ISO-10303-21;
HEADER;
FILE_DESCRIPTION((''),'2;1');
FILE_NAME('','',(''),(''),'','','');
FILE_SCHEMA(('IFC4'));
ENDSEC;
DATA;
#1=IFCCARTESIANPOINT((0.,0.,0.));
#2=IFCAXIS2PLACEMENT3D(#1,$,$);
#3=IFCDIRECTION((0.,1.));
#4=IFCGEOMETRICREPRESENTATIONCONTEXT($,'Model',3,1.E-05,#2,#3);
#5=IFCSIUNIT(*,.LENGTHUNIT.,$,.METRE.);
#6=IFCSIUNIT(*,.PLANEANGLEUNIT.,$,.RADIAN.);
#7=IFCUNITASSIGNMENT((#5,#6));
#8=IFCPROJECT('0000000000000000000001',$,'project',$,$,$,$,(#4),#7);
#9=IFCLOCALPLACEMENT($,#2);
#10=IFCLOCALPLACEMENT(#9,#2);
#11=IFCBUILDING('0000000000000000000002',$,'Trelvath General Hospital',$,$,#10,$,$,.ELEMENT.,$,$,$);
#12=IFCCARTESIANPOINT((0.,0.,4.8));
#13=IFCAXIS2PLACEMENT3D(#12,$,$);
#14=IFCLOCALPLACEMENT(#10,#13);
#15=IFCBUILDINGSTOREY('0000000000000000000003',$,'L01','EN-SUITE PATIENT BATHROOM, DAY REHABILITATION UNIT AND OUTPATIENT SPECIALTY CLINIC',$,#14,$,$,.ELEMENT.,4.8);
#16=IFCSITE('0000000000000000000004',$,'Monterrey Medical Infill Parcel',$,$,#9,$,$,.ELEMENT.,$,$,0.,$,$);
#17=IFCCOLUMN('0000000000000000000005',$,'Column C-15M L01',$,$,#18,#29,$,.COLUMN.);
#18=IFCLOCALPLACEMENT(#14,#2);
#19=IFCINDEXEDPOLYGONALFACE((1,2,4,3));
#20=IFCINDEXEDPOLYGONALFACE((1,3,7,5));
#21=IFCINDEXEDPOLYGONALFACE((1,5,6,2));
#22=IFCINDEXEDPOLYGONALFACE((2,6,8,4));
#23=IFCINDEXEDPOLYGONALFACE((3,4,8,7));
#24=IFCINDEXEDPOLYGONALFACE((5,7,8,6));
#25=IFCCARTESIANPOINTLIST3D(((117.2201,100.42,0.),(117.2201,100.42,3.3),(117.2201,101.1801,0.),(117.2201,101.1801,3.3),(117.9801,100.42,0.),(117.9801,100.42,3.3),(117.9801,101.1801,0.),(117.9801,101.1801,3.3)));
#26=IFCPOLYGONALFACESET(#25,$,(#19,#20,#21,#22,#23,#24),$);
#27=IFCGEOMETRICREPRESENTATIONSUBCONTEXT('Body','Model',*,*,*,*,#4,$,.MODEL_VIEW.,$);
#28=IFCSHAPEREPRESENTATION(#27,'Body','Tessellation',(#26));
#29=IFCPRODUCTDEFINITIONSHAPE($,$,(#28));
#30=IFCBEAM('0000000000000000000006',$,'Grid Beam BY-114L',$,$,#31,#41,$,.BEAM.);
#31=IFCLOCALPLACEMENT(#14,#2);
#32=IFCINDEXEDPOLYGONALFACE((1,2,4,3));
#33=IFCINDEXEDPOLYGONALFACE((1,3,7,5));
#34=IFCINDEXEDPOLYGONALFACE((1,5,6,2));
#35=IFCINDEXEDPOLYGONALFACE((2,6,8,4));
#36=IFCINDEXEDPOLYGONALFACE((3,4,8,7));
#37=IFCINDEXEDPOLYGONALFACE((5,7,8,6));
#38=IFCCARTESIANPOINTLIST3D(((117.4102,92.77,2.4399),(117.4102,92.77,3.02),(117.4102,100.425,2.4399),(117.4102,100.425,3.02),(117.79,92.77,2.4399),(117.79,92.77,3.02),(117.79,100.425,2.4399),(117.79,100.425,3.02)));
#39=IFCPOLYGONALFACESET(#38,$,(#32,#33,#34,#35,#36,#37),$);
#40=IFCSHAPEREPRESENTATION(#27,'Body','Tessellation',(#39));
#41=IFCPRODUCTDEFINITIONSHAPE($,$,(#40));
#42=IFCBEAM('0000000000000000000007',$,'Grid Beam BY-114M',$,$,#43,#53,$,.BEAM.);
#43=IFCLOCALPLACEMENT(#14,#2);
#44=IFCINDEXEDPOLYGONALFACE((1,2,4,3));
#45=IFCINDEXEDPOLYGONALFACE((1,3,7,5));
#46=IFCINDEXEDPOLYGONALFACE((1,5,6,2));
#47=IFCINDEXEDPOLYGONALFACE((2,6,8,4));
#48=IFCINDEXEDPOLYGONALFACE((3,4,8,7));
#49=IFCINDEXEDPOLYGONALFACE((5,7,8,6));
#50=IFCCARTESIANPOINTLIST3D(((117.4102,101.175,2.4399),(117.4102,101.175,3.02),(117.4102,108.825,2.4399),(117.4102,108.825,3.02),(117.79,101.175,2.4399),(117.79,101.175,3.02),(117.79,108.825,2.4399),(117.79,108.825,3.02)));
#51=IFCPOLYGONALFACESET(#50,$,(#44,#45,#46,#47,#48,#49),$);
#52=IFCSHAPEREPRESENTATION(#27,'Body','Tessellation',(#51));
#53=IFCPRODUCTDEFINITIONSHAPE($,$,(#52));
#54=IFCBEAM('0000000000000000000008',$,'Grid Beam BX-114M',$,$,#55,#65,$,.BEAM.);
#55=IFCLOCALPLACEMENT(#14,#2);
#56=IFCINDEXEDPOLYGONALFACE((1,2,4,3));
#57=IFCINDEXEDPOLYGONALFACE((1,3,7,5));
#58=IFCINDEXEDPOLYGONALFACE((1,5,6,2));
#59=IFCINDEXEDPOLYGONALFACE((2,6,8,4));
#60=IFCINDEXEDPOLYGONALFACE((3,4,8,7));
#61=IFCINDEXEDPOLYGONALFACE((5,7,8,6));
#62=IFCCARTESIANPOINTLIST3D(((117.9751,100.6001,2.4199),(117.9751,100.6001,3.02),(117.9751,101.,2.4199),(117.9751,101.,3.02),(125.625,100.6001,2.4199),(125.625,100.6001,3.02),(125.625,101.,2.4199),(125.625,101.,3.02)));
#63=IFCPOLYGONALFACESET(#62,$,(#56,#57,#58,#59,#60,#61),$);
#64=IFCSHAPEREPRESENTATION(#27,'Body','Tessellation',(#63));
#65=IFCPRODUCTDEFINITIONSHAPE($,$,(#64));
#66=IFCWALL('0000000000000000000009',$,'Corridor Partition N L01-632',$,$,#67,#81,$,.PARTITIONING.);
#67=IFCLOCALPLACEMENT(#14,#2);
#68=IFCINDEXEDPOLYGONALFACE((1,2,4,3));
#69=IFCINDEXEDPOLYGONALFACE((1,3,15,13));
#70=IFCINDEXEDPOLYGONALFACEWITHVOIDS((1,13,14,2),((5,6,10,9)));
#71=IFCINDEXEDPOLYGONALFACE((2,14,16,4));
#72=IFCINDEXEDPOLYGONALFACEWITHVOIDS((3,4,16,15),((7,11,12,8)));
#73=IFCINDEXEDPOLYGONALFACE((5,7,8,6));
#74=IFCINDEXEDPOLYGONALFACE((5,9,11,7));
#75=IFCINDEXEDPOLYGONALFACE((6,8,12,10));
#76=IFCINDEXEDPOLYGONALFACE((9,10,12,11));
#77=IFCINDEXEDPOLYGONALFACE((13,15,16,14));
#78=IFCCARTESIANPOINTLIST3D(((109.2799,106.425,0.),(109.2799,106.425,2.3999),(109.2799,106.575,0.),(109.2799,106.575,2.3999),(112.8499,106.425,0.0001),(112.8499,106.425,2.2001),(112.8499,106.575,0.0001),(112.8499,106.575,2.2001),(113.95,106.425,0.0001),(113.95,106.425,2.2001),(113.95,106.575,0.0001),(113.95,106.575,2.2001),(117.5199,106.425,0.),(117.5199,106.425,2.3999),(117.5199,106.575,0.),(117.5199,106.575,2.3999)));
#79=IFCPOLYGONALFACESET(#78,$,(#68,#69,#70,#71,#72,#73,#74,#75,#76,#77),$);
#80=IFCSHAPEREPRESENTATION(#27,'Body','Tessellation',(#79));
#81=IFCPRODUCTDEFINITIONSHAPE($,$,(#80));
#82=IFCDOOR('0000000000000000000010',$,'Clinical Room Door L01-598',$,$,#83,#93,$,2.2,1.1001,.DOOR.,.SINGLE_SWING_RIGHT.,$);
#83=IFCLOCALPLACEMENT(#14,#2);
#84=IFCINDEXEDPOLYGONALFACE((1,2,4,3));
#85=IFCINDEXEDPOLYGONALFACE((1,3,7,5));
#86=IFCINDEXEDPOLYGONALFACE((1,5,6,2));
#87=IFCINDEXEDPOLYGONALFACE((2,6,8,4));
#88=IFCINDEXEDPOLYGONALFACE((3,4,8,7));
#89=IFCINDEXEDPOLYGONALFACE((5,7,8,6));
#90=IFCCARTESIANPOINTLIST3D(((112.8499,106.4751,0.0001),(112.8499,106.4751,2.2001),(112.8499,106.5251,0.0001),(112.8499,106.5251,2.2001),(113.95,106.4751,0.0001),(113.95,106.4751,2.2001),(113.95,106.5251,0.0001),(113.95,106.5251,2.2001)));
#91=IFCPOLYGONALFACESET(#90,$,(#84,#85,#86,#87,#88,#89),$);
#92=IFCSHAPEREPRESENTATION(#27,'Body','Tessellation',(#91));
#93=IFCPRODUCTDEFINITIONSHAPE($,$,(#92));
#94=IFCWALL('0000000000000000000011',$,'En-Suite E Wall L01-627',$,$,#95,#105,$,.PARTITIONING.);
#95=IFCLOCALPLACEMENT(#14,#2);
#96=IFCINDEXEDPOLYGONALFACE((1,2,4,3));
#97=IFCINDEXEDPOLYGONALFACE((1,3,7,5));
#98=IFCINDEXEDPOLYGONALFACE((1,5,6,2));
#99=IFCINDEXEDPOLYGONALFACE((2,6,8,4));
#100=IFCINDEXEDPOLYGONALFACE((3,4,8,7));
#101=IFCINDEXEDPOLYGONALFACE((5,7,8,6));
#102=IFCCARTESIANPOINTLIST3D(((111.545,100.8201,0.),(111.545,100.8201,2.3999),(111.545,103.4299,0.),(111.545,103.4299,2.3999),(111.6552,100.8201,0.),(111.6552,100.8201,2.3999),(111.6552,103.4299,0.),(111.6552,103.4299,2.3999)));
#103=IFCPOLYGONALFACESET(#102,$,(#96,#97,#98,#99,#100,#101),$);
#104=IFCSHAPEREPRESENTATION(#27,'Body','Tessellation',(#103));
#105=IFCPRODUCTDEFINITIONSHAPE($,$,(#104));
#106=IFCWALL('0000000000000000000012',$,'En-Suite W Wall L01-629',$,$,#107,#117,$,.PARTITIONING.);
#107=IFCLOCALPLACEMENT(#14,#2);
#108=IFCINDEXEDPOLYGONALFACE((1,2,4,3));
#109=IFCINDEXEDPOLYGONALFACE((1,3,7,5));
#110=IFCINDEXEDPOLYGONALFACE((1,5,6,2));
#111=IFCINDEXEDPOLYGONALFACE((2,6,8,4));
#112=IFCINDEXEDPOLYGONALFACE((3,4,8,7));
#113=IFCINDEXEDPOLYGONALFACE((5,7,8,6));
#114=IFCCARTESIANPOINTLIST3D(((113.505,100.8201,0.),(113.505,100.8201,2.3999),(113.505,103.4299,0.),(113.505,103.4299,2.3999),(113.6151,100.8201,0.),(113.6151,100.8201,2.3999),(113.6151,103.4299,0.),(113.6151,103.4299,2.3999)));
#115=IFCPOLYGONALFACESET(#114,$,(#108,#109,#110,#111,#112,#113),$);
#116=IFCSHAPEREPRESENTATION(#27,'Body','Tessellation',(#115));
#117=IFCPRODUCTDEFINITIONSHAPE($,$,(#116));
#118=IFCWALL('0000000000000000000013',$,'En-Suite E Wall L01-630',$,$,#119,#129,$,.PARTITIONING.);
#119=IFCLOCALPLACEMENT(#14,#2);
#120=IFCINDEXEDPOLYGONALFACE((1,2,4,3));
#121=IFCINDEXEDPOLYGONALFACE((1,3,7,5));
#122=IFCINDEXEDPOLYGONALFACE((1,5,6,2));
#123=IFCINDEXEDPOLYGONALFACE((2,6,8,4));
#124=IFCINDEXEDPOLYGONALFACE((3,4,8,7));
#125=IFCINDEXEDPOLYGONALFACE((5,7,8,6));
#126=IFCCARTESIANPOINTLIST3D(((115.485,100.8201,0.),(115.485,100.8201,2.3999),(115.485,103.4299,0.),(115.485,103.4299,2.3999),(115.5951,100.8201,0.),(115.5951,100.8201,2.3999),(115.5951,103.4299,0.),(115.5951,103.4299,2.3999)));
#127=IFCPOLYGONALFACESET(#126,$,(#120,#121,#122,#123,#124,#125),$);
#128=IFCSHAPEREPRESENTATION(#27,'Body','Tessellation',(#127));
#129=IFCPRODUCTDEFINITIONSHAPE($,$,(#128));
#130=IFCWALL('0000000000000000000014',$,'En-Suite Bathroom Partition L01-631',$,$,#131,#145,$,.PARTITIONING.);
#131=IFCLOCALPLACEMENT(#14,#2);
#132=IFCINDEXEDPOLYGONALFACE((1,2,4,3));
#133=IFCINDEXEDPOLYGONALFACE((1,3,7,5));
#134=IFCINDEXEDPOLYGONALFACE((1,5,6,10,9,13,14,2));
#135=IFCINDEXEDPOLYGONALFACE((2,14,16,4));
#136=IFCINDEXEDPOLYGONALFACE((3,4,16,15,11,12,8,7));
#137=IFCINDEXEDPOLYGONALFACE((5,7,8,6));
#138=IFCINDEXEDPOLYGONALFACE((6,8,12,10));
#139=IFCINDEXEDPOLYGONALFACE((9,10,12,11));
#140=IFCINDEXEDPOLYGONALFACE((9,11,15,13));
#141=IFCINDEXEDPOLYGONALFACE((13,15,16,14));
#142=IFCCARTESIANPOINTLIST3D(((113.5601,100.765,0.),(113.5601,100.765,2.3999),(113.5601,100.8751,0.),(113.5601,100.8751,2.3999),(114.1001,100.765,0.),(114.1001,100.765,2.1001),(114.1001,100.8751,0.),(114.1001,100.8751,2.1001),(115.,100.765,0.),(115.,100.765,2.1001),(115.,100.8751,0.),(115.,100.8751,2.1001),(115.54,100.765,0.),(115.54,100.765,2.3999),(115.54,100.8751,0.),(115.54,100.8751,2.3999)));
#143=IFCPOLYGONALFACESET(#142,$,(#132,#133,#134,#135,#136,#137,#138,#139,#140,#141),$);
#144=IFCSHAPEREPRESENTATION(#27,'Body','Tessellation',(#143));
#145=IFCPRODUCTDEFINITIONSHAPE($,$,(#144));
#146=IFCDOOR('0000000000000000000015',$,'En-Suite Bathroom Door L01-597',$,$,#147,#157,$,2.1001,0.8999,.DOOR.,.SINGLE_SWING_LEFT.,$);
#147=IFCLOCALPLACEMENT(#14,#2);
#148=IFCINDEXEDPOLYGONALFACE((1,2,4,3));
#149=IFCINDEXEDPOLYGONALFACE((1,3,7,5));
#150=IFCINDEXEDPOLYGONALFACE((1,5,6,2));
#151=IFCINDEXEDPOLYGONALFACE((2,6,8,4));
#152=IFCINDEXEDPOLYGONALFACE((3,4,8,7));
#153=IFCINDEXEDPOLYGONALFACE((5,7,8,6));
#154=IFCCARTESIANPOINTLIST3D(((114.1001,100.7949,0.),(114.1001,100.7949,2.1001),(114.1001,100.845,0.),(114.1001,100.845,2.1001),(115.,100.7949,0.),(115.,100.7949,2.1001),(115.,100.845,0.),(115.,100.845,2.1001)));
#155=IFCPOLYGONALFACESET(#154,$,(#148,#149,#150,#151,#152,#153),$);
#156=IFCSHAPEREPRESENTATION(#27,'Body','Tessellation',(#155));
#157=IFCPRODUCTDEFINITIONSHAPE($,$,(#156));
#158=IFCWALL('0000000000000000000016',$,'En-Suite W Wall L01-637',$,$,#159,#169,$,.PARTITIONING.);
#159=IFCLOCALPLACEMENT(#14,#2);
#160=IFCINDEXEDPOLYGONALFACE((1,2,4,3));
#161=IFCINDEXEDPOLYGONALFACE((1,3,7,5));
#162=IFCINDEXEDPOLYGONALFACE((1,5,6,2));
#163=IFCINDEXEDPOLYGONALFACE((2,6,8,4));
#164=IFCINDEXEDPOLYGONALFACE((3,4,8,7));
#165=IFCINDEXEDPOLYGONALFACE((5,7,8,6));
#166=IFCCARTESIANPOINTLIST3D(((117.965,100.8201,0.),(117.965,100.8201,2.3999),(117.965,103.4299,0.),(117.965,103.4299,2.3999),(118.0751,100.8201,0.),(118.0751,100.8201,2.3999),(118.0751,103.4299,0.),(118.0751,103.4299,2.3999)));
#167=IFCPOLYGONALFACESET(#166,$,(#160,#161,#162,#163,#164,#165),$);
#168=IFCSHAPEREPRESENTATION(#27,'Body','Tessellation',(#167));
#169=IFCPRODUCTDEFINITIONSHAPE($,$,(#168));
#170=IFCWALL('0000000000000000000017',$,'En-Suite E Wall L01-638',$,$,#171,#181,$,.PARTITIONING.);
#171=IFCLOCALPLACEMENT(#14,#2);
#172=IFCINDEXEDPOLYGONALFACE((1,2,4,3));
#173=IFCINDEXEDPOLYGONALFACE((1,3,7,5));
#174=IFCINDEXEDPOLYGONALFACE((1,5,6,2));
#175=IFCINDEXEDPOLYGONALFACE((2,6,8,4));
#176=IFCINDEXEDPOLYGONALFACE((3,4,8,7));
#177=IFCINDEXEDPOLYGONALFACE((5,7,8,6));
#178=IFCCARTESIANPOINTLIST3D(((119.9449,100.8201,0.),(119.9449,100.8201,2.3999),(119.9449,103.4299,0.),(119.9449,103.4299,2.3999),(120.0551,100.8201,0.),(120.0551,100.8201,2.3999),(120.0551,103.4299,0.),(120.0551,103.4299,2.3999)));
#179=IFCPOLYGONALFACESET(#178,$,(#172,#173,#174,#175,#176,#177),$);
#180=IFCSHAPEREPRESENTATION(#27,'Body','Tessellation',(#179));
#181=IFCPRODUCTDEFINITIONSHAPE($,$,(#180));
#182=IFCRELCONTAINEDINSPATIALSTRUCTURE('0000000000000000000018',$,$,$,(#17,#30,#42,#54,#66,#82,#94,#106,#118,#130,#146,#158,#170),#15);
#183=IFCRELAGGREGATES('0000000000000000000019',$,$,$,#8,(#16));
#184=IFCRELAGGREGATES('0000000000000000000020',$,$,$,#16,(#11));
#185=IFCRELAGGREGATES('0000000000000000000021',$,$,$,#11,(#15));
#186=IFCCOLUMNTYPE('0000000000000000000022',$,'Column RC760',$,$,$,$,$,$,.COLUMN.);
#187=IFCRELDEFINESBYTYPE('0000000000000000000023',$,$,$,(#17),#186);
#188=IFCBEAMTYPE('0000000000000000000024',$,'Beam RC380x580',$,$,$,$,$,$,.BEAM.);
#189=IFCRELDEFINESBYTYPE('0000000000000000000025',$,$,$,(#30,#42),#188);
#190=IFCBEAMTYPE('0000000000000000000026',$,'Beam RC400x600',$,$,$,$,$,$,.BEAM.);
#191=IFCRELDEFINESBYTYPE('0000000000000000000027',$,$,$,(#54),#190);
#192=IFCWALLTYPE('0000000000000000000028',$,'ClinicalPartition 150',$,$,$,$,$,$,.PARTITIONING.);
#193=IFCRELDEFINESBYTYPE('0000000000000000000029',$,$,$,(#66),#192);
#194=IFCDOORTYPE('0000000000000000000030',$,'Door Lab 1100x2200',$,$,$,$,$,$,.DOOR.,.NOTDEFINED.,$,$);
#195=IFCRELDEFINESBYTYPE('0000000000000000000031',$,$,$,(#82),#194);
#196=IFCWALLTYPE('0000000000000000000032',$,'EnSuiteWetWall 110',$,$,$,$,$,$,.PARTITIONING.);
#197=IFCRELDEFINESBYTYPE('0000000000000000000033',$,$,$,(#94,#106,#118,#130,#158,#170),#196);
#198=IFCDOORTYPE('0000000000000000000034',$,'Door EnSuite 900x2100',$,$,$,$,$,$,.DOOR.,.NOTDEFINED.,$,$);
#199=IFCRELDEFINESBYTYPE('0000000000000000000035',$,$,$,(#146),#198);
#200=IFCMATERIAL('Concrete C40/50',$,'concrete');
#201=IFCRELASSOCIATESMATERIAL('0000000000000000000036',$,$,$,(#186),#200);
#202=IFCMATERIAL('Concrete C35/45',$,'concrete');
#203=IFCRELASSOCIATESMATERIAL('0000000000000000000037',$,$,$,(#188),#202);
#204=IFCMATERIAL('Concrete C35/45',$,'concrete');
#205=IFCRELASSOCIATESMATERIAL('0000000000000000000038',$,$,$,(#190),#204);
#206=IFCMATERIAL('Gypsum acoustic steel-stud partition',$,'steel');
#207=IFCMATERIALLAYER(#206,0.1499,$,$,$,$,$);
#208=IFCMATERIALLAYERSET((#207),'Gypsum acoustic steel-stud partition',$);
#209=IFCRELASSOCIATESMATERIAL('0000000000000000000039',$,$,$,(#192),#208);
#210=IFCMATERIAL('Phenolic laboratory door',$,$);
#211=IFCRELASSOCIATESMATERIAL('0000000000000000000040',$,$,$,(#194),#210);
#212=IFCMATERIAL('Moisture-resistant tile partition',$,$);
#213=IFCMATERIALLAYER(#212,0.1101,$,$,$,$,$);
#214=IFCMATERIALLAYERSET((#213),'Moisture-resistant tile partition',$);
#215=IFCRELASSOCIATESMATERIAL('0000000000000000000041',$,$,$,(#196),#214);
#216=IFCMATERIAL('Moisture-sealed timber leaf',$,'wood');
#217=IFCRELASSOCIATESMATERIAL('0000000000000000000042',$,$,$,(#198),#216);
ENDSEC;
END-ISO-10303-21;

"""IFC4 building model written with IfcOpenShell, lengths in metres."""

from ifc_helpers import new_model, si_unit, direction, frame, frame_2d, origin, origin_2d, place, context, subcontext, project, spatial, rectangle, extrude, material, layer, layer_set, material_profile, profile_set, type_object, element, fill, save


model = new_model("IFC4")

# Units and contexts
model_context = context("Model", 3, precision=1e-05, world=origin(), true_north=direction((0.0, 1.0)))
body_context = subcontext(model_context, "Body", "Model", "MODEL_VIEW")
ifc_project = project(units=[si_unit("LENGTHUNIT", "METRE"), si_unit("PLANEANGLEUNIT", "RADIAN")], contexts=[model_context])

# Site, building, storey
site_placement = place(None, origin())
site = spatial("IfcSite", under=ifc_project, at=site_placement, Name="Monterrey Medical Infill Parcel", CompositionType="ELEMENT", RefElevation=0.0)
building_placement = place(site_placement, origin())
building = spatial("IfcBuilding", under=site, at=building_placement, Name="Trelvath General Hospital", CompositionType="ELEMENT")
storey_placement = place(building_placement, frame((0.0, 0.0, 4.8)))
storey = spatial("IfcBuildingStorey", under=building, at=storey_placement, Name="L01", Description="EN-SUITE PATIENT BATHROOM, DAY REHABILITATION UNIT AND OUTPATIENT SPECIALTY CLINIC", CompositionType="ELEMENT", Elevation=4.8)

# Column
ifc_material_1 = material(Name="Concrete C40/50", Category="concrete")
ifc_material_profile_1 = material_profile(ifc_material_1, rectangle(XDim=0.76, YDim=0.76, at=origin_2d()), Name="RC760x760")
ifc_profile_set_1 = profile_set([ifc_material_profile_1], Name="Concrete C40/50")
column_type = type_object("IfcColumnType", Name="Column RC760", PredefinedType="COLUMN", material=ifc_profile_set_1)
column_placement = place(storey_placement, frame((117.6001, 100.8, 0.0), z_axis=(0.0, 0.0, 1.0), x_axis=(1.0, 0.0, 0.0)))
element("IfcColumn", 1, at=column_placement, inside=storey, type_object=column_type, Name="Column C-15M L01", PredefinedType="COLUMN", context=body_context, shape_type="SweptSolid", body=[
    extrude(rectangle(XDim=0.76, YDim=0.76, at=origin_2d()), origin(), (0.0, 0.0, 1.0), 3.3),
])

# Beams
ifc_material_2 = material(Name="Concrete C35/45", Category="concrete")
ifc_material_profile_2 = material_profile(ifc_material_2, rectangle(XDim=0.3799, YDim=0.5801, at=origin_2d()), Name="RCB380x580")
ifc_profile_set_2 = profile_set([ifc_material_profile_2], Name="Concrete C35/45")
beam_type_1 = type_object("IfcBeamType", Name="Beam RC380x580", PredefinedType="BEAM", material=ifc_profile_set_2)
beam_1_placement = place(storey_placement, frame((117.6001, 92.77, 2.73), z_axis=(0.0, 1.0, 0.0), x_axis=(-1.0, 0.0, 0.0)))
element("IfcBeam", 2, at=beam_1_placement, inside=storey, type_object=beam_type_1, Name="Grid Beam BY-114L", PredefinedType="BEAM", context=body_context, shape_type="SweptSolid", body=[
    extrude(rectangle(XDim=0.3799, YDim=0.5801, at=origin_2d()), origin(), (0.0, 0.0, 1.0), 7.655),
])
beam_2_placement = place(storey_placement, frame((117.6001, 101.175, 2.73), z_axis=(0.0, 1.0, 0.0), x_axis=(-1.0, 0.0, 0.0)))
element("IfcBeam", 3, at=beam_2_placement, inside=storey, type_object=beam_type_1, Name="Grid Beam BY-114M", PredefinedType="BEAM", context=body_context, shape_type="SweptSolid", body=[
    extrude(rectangle(XDim=0.3799, YDim=0.5801, at=origin_2d()), origin(), (0.0, 0.0, 1.0), 7.6499),
])
ifc_material_3 = material(Name="Concrete C35/45", Category="concrete")
ifc_material_profile_3 = material_profile(ifc_material_3, rectangle(XDim=0.3999, YDim=0.6001, at=origin_2d()), Name="RCB400x600")
ifc_profile_set_3 = profile_set([ifc_material_profile_3], Name="Concrete C35/45")
beam_type_2 = type_object("IfcBeamType", Name="Beam RC400x600", PredefinedType="BEAM", material=ifc_profile_set_3)
beam_3_placement = place(storey_placement, frame((117.9751, 100.8, 2.72), z_axis=(1.0, 0.0, 0.0), x_axis=(0.0, 1.0, 0.0)))
element("IfcBeam", 4, at=beam_3_placement, inside=storey, type_object=beam_type_2, Name="Grid Beam BX-114M", PredefinedType="BEAM", context=body_context, shape_type="SweptSolid", body=[
    extrude(rectangle(XDim=0.3999, YDim=0.6001, at=origin_2d()), origin(), (0.0, 0.0, 1.0), 7.6499),
])

# Wall, opening, door
ifc_material_4 = material(Name="Gypsum acoustic steel-stud partition", Category="steel")
ifc_layer_1 = layer(ifc_material_4, 0.1499)
ifc_layer_set_1 = layer_set([ifc_layer_1], Name="Gypsum acoustic steel-stud partition")
wall_type_1 = type_object("IfcWallType", Name="ClinicalPartition 150", PredefinedType="PARTITIONING", material=ifc_layer_set_1)
wall_1_placement = place(storey_placement, frame((117.52, 106.5, 0.0), z_axis=(0.0, 0.0, 1.0), x_axis=(-1.0, 0.0, 0.0)))
wall_1 = element("IfcWall", 5, at=wall_1_placement, inside=storey, type_object=wall_type_1, Name="Corridor Partition N L01-632", PredefinedType="PARTITIONING", context=body_context, shape_type="SweptSolid", body=[
    extrude(rectangle(XDim=8.24, YDim=0.1499, at=frame_2d((4.1201, 0.0))), origin(), (0.0, 0.0, 1.0), 2.3999),
])
opening_1_placement = place(wall_1_placement, frame((3.5701, 0.0, 0.0)))
opening_1 = element("IfcOpeningElement", 6, at=opening_1_placement, cuts=wall_1, PredefinedType="OPENING", context=body_context, shape_type="SweptSolid", body=[
    extrude(rectangle(XDim=1.1001, YDim=2.2, at=frame_2d((0.55, 1.1001))), frame((0.0, 0.085, 0.0), z_axis=(0.0, -1.0, 0.0), x_axis=(1.0, 0.0, 0.0)), (0.0, 0.0, 1.0), 0.1699),
])
ifc_material_5 = material(Name="Phenolic laboratory door")
door_type_1 = type_object("IfcDoorType", Name="Door Lab 1100x2200", OperationType="NOTDEFINED", PredefinedType="DOOR", material=ifc_material_5)
door_1_placement = place(opening_1_placement, origin())
door_1 = element("IfcDoor", 7, at=door_1_placement, inside=storey, type_object=door_type_1, Name="Clinical Room Door L01-598", OperationType="SINGLE_SWING_RIGHT", OverallHeight=2.2, OverallWidth=1.1001, PredefinedType="DOOR", context=body_context, shape_type="SweptSolid", body=[
    extrude(rectangle(XDim=1.1001, YDim=2.2, at=frame_2d((0.55, 1.1001))), frame((0.0, 0.0249, 0.0), z_axis=(0.0, -1.0, 0.0), x_axis=(1.0, 0.0, 0.0)), (0.0, 0.0, 1.0), 0.05),
])
fill(opening_1, door_1)

# Walls
ifc_material_6 = material(Name="Moisture-resistant tile partition")
ifc_layer_2 = layer(ifc_material_6, 0.1101)
ifc_layer_set_2 = layer_set([ifc_layer_2], Name="Moisture-resistant tile partition")
wall_type_2 = type_object("IfcWallType", Name="EnSuiteWetWall 110", PredefinedType="PARTITIONING", material=ifc_layer_set_2)
for number, where, z_axis, x_axis, name in (
    (8, (111.6001, 100.8201, 0.0), (0.0, 0.0, 1.0), (0.0, 1.0, 0.0), "En-Suite E Wall L01-627"),
    (9, (113.5601, 100.8201, 0.0), (0.0, 0.0, 1.0), (0.0, 1.0, 0.0), "En-Suite W Wall L01-629"),
    (10, (115.54, 100.8201, 0.0), (0.0, 0.0, 1.0), (0.0, 1.0, 0.0), "En-Suite E Wall L01-630"),
):
    element("IfcWall", number, at=place(storey_placement, frame(where, z_axis=z_axis, x_axis=x_axis)), inside=storey, type_object=wall_type_2, Name=name, PredefinedType="PARTITIONING", context=body_context, shape_type="SweptSolid", body=[
        extrude(rectangle(XDim=2.6099, YDim=0.1101, at=frame_2d((1.3049, 0.0))), origin(), (0.0, 0.0, 1.0), 2.3999),
    ])

# Wall, opening, door
wall_2_placement = place(storey_placement, frame((113.5601, 100.8201, 0.0), z_axis=(0.0, 0.0, 1.0), x_axis=(1.0, 0.0, 0.0)))
wall_2 = element("IfcWall", 11, at=wall_2_placement, inside=storey, type_object=wall_type_2, Name="En-Suite Bathroom Partition L01-631", PredefinedType="PARTITIONING", context=body_context, shape_type="SweptSolid", body=[
    extrude(rectangle(XDim=1.98, YDim=0.1101, at=frame_2d((0.99, 0.0))), origin(), (0.0, 0.0, 1.0), 2.3999),
])
opening_2_placement = place(wall_2_placement, frame((0.54, 0.0, 0.0)))
opening_2 = element("IfcOpeningElement", 12, at=opening_2_placement, cuts=wall_2, PredefinedType="OPENING", context=body_context, shape_type="SweptSolid", body=[
    extrude(rectangle(XDim=0.8999, YDim=2.1001, at=frame_2d((0.45, 1.05))), frame((0.0, 0.0649, 0.0), z_axis=(0.0, -1.0, 0.0), x_axis=(1.0, 0.0, 0.0)), (0.0, 0.0, 1.0), 0.1301),
])
ifc_material_7 = material(Name="Moisture-sealed timber leaf", Category="wood")
door_type_2 = type_object("IfcDoorType", Name="Door EnSuite 900x2100", OperationType="NOTDEFINED", PredefinedType="DOOR", material=ifc_material_7)
door_2_placement = place(opening_2_placement, origin())
door_2 = element("IfcDoor", 13, at=door_2_placement, inside=storey, type_object=door_type_2, Name="En-Suite Bathroom Door L01-597", OperationType="SINGLE_SWING_LEFT", OverallHeight=2.1001, OverallWidth=0.8999, PredefinedType="DOOR", context=body_context, shape_type="SweptSolid", body=[
    extrude(rectangle(XDim=0.8999, YDim=2.1001, at=frame_2d((0.45, 1.05))), frame((0.0, 0.0249, 0.0), z_axis=(0.0, -1.0, 0.0), x_axis=(1.0, 0.0, 0.0)), (0.0, 0.0, 1.0), 0.05),
])
fill(opening_2, door_2)

# Walls
for number, where, z_axis, x_axis, name in (
    (14, (118.02, 100.8201, 0.0), (0.0, 0.0, 1.0), (0.0, 1.0, 0.0), "En-Suite W Wall L01-637"),
    (15, (120.0, 100.8201, 0.0), (0.0, 0.0, 1.0), (0.0, 1.0, 0.0), "En-Suite E Wall L01-638"),
):
    element("IfcWall", number, at=place(storey_placement, frame(where, z_axis=z_axis, x_axis=x_axis)), inside=storey, type_object=wall_type_2, Name=name, PredefinedType="PARTITIONING", context=body_context, shape_type="SweptSolid", body=[
        extrude(rectangle(XDim=2.6099, YDim=0.1101, at=frame_2d((1.3049, 0.0))), origin(), (0.0, 0.0, 1.0), 2.3999),
    ])

save(model, "model.ifc")
